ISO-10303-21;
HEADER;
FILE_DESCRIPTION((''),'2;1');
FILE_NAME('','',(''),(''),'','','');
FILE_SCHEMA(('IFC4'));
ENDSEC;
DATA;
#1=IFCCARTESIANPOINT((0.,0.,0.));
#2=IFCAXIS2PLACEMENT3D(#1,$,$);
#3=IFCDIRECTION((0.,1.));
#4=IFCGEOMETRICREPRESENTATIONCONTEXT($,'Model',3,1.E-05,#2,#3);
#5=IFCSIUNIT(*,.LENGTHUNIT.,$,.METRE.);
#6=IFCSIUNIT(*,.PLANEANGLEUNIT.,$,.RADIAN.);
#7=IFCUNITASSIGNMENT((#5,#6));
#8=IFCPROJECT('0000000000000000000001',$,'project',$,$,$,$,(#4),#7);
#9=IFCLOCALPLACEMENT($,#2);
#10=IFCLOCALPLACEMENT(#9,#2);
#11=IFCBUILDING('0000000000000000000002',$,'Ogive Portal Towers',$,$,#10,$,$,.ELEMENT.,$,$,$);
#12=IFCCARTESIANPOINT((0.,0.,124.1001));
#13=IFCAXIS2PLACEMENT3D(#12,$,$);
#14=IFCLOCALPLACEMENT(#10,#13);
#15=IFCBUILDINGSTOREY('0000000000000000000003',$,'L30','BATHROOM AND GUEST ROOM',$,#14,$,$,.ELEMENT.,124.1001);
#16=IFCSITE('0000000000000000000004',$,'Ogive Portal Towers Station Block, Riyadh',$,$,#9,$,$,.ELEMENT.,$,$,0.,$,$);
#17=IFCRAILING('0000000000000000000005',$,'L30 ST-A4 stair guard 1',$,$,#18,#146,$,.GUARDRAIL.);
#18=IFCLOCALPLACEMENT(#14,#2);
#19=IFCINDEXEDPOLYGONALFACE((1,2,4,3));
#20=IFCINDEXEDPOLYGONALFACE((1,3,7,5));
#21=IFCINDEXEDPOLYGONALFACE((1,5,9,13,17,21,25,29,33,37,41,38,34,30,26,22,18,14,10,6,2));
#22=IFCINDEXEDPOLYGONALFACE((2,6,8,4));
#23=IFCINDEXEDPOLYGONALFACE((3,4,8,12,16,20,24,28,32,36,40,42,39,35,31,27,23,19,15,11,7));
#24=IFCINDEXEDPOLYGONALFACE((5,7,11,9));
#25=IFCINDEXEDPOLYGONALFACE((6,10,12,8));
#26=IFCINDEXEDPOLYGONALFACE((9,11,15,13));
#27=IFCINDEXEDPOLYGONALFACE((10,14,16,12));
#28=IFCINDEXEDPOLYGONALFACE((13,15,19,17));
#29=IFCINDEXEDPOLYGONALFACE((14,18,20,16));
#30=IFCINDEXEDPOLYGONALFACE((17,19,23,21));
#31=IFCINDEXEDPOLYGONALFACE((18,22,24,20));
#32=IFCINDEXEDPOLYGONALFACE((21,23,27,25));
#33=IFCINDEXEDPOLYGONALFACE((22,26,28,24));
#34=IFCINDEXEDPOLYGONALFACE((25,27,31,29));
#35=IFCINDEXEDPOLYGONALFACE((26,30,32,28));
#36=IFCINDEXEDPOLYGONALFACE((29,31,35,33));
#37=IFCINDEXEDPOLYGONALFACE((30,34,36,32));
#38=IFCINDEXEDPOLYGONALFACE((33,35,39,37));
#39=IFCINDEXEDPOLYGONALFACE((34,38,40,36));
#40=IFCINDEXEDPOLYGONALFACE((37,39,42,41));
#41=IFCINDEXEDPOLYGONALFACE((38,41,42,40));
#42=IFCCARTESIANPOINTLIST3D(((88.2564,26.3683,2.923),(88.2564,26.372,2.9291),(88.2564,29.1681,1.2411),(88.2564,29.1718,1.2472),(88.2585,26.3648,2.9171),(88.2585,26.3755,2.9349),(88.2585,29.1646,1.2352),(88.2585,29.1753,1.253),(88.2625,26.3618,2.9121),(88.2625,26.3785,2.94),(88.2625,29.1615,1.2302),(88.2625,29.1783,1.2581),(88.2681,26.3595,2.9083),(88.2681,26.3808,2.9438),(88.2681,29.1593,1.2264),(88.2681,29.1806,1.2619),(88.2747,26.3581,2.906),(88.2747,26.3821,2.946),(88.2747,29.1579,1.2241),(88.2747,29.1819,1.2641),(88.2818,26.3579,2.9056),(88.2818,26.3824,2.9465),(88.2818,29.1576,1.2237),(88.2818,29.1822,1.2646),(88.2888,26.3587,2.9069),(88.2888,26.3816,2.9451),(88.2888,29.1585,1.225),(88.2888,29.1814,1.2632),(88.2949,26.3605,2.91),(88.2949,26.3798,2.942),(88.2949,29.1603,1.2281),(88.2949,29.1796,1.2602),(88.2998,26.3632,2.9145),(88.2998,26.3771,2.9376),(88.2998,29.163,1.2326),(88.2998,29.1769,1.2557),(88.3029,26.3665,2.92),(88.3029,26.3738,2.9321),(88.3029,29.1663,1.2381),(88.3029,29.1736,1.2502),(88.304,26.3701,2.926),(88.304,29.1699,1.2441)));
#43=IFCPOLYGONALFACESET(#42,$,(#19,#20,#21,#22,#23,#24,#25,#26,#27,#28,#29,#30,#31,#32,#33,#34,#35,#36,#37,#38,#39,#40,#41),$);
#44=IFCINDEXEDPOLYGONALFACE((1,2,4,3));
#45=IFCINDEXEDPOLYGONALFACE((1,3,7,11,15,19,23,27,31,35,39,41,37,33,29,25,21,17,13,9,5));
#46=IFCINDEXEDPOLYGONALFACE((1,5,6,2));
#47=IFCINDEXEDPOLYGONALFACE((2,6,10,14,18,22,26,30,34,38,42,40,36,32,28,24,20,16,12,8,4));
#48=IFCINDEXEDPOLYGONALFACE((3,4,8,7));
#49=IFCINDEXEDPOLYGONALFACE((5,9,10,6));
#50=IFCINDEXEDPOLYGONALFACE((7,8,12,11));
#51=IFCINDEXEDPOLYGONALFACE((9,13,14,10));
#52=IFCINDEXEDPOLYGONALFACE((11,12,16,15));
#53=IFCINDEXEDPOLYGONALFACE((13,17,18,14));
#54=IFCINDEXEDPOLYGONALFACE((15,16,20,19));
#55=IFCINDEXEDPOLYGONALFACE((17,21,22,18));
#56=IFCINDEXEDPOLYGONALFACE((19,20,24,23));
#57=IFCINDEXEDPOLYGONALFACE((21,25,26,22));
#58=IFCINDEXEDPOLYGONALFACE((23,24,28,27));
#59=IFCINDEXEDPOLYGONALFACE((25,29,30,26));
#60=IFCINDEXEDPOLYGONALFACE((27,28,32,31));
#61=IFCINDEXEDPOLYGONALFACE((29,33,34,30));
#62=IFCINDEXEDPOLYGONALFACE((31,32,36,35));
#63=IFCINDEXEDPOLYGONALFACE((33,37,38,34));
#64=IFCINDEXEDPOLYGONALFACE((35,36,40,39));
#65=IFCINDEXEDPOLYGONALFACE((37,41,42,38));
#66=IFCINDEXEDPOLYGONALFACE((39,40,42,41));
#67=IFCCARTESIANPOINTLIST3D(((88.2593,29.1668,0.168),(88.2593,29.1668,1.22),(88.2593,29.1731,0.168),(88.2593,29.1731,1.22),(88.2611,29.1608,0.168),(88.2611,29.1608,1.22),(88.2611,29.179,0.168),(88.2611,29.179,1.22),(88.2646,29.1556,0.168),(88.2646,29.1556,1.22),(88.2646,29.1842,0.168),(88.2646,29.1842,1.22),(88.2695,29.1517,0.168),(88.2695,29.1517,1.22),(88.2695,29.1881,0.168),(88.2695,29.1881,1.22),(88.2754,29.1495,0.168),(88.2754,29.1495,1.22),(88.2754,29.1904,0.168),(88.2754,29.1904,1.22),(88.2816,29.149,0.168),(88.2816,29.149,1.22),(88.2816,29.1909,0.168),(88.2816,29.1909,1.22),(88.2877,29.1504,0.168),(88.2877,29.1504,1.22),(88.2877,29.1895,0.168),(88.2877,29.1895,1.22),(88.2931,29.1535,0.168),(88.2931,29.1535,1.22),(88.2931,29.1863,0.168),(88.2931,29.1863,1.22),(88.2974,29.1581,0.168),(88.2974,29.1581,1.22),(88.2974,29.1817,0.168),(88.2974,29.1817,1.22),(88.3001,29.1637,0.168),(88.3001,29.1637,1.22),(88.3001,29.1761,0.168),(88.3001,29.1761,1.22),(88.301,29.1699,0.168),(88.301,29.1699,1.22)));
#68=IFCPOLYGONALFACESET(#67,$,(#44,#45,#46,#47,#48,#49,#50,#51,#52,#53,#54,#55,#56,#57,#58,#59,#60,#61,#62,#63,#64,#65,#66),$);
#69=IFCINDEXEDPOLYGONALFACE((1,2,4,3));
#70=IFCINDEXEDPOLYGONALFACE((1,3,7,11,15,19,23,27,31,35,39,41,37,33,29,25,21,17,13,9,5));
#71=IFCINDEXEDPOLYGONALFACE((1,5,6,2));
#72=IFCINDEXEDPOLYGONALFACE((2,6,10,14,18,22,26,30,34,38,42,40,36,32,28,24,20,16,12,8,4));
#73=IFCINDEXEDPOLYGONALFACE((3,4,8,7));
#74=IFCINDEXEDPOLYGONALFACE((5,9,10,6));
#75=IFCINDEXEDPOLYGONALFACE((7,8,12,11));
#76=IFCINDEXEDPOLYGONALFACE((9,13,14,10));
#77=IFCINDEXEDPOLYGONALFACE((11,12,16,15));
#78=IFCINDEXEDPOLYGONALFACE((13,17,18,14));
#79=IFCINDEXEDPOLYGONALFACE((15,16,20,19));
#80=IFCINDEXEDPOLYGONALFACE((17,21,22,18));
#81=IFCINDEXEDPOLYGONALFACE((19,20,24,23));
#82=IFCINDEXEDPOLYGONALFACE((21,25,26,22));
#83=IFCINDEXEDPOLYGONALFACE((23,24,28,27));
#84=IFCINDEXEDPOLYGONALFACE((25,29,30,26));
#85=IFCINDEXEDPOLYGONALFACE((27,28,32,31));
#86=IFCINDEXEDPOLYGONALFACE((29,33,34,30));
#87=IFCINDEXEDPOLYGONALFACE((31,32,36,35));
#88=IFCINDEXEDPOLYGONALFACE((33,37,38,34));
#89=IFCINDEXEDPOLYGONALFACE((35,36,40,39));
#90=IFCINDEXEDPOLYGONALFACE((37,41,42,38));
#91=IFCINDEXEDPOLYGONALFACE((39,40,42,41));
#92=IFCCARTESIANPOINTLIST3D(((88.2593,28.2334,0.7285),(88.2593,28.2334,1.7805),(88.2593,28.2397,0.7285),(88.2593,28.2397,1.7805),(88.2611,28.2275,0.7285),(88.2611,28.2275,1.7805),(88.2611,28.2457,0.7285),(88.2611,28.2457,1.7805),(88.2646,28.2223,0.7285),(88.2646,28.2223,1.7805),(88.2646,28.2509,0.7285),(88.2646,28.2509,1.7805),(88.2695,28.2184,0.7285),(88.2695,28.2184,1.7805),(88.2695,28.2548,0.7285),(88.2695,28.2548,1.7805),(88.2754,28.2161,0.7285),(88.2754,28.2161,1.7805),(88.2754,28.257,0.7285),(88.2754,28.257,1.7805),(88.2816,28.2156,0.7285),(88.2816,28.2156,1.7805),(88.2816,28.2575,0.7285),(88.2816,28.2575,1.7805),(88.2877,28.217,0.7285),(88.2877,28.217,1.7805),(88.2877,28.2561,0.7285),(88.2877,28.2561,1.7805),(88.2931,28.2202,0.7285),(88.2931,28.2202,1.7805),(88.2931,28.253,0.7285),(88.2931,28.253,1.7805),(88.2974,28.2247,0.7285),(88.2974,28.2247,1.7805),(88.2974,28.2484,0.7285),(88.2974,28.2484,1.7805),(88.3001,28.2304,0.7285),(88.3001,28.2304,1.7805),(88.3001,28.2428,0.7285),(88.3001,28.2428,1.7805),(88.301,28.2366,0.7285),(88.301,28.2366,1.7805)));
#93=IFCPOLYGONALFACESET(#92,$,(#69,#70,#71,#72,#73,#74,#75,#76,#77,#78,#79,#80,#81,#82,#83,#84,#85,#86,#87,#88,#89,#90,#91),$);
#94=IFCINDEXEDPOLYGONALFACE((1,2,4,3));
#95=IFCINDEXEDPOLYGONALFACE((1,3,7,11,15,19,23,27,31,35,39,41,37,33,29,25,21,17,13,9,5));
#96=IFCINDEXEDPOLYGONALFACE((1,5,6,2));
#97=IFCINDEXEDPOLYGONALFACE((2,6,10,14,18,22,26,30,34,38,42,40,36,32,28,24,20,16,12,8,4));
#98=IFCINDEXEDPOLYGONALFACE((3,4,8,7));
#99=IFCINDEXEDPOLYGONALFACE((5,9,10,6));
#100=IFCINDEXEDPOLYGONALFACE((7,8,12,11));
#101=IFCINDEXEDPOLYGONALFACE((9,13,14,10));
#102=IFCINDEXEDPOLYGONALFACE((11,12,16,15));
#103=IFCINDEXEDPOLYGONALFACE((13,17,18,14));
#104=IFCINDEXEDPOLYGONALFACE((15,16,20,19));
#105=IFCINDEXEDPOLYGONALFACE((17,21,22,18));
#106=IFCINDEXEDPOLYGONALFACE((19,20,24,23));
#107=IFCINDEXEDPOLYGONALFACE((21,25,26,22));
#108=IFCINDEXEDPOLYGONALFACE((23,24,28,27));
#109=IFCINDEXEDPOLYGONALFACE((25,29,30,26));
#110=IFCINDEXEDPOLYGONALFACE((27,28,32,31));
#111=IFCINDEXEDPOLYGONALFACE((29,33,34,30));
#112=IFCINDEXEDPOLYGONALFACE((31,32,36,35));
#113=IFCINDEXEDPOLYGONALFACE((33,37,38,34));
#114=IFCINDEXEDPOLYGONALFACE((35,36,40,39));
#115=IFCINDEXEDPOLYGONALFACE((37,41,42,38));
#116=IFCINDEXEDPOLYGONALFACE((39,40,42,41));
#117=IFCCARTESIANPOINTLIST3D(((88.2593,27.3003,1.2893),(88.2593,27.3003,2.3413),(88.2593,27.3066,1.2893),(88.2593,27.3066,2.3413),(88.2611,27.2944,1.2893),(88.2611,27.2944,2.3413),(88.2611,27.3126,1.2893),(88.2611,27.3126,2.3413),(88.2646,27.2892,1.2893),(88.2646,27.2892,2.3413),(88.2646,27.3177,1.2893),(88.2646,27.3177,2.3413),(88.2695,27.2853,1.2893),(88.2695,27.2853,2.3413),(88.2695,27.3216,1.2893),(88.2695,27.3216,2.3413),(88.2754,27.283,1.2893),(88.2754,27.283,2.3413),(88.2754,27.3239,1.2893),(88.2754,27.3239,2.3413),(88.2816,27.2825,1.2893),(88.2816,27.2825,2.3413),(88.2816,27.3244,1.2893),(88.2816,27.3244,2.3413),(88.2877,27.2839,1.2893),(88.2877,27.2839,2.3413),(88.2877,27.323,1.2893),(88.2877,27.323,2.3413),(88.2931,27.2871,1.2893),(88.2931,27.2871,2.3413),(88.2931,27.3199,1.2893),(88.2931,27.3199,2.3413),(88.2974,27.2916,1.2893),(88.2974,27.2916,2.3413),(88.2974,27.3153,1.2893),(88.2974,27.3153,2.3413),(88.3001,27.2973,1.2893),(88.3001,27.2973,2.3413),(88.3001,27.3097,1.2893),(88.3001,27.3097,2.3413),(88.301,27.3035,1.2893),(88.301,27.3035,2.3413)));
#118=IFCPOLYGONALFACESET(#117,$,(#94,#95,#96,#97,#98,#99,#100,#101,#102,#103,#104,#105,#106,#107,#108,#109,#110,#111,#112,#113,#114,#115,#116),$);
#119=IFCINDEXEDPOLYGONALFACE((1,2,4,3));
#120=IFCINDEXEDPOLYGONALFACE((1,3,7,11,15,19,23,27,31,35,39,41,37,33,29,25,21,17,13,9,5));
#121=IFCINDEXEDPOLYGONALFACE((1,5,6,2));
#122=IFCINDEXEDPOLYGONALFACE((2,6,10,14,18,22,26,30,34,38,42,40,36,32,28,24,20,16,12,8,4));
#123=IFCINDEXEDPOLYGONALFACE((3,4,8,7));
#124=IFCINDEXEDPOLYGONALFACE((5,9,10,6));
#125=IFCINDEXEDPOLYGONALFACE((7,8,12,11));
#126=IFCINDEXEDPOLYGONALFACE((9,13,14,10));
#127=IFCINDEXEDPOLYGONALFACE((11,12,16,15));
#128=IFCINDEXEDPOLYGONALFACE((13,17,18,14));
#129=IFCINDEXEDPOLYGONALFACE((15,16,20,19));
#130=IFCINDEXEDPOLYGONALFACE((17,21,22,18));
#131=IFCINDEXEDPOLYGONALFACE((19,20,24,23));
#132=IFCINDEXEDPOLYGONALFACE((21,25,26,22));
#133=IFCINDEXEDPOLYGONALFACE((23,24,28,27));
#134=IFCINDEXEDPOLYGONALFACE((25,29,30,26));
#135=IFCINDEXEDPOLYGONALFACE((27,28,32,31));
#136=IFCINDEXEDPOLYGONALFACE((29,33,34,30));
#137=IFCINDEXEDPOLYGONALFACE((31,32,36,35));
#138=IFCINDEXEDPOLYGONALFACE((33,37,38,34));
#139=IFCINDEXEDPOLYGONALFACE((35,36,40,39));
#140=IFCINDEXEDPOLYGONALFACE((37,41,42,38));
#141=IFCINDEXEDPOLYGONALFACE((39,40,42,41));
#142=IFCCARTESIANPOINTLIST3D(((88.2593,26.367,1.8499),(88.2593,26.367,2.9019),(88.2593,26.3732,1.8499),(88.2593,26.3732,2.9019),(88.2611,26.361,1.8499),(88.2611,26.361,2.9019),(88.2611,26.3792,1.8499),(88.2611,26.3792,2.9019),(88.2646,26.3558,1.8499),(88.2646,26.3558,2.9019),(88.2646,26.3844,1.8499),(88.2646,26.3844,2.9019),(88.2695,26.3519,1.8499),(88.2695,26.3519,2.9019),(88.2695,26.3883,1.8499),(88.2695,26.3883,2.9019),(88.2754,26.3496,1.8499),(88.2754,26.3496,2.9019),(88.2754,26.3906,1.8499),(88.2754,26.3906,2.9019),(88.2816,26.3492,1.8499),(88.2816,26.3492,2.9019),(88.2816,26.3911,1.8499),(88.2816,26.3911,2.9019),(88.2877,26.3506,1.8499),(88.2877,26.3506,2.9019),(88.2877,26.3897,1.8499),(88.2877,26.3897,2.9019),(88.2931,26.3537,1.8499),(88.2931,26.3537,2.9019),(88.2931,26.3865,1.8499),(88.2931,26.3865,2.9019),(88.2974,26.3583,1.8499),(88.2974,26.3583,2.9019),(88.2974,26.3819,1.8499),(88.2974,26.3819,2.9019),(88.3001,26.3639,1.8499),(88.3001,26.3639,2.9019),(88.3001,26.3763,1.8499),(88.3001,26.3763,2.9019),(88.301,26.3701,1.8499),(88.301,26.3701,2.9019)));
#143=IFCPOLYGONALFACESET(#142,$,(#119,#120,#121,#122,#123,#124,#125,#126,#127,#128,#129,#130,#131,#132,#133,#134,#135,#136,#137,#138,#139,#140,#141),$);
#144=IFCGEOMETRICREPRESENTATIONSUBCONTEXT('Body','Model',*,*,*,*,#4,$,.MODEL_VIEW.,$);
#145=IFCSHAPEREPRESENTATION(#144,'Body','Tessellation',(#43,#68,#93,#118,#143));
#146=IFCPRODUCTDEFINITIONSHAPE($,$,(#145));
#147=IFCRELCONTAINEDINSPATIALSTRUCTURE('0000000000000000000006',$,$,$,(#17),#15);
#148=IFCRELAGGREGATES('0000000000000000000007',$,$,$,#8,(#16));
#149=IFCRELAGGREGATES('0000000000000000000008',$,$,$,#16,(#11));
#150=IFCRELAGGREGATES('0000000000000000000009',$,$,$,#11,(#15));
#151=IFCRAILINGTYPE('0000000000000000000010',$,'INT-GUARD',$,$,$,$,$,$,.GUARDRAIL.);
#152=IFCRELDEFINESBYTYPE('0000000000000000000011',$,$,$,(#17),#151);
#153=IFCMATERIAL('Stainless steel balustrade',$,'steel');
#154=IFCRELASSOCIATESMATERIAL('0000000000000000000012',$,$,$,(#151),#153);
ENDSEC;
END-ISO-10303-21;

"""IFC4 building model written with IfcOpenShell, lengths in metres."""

from ifc_helpers import new_model, si_unit, direction, frame, origin, origin_2d, place, context, subcontext, project, spatial, circle, extrude, material, type_object, element, save


model = new_model("IFC4")

# Units and contexts
model_context = context("Model", 3, precision=1e-05, world=origin(), true_north=direction((0.0, 1.0)))
body_context = subcontext(model_context, "Body", "Model", "MODEL_VIEW")
ifc_project = project(units=[si_unit("LENGTHUNIT", "METRE"), si_unit("PLANEANGLEUNIT", "RADIAN")], contexts=[model_context])

# Site, building, storey
site_placement = place(None, origin())
site = spatial("IfcSite", under=ifc_project, at=site_placement, Name="Ogive Portal Towers Station Block, Riyadh", CompositionType="ELEMENT", RefElevation=0.0)
building_placement = place(site_placement, origin())
building = spatial("IfcBuilding", under=site, at=building_placement, Name="Ogive Portal Towers", CompositionType="ELEMENT")
storey_placement = place(building_placement, frame((0.0, 0.0, 124.1001)))
storey = spatial("IfcBuildingStorey", under=building, at=storey_placement, Name="L30", Description="BATHROOM AND GUEST ROOM", CompositionType="ELEMENT", Elevation=124.1001)

# Railing
ifc_material_1 = material(Name="Stainless steel balustrade", Category="steel")
railing_type_1 = type_object("IfcRailingType", Name="INT-GUARD", PredefinedType="GUARDRAIL", material=ifc_material_1)
railing_1_placement = place(storey_placement, frame((88.28, 29.1699, 0.168)))
element("IfcRailing", 1, at=railing_1_placement, inside=storey, type_object=railing_type_1, Name="L30 ST-A4 stair guard 1", PredefinedType="GUARDRAIL", context=body_context, shape_type="SweptSolid", body=[
    extrude(circle(Radius=0.0239, at=origin_2d()), frame((0.0, 0.0, 1.0762), z_axis=(0.0, -0.857222, 0.514946), x_axis=(1.0, 0.0, 0.0)), (0.0, 0.0, 1.0), 3.2661),
    extrude(circle(Radius=0.021, at=origin_2d()), origin(), (0.0, 0.0, 1.0), 1.052),
    extrude(circle(Radius=0.021, at=origin_2d()), frame((0.0, -0.9333, 0.5605)), (0.0, 0.0, 1.0), 1.052),
    extrude(circle(Radius=0.021, at=origin_2d()), frame((0.0, -1.8665, 1.1213)), (0.0, 0.0, 1.0), 1.052),
    extrude(circle(Radius=0.021, at=origin_2d()), frame((0.0, -2.7998, 1.6819)), (0.0, 0.0, 1.0), 1.052),
])

save(model, "model.ifc")
